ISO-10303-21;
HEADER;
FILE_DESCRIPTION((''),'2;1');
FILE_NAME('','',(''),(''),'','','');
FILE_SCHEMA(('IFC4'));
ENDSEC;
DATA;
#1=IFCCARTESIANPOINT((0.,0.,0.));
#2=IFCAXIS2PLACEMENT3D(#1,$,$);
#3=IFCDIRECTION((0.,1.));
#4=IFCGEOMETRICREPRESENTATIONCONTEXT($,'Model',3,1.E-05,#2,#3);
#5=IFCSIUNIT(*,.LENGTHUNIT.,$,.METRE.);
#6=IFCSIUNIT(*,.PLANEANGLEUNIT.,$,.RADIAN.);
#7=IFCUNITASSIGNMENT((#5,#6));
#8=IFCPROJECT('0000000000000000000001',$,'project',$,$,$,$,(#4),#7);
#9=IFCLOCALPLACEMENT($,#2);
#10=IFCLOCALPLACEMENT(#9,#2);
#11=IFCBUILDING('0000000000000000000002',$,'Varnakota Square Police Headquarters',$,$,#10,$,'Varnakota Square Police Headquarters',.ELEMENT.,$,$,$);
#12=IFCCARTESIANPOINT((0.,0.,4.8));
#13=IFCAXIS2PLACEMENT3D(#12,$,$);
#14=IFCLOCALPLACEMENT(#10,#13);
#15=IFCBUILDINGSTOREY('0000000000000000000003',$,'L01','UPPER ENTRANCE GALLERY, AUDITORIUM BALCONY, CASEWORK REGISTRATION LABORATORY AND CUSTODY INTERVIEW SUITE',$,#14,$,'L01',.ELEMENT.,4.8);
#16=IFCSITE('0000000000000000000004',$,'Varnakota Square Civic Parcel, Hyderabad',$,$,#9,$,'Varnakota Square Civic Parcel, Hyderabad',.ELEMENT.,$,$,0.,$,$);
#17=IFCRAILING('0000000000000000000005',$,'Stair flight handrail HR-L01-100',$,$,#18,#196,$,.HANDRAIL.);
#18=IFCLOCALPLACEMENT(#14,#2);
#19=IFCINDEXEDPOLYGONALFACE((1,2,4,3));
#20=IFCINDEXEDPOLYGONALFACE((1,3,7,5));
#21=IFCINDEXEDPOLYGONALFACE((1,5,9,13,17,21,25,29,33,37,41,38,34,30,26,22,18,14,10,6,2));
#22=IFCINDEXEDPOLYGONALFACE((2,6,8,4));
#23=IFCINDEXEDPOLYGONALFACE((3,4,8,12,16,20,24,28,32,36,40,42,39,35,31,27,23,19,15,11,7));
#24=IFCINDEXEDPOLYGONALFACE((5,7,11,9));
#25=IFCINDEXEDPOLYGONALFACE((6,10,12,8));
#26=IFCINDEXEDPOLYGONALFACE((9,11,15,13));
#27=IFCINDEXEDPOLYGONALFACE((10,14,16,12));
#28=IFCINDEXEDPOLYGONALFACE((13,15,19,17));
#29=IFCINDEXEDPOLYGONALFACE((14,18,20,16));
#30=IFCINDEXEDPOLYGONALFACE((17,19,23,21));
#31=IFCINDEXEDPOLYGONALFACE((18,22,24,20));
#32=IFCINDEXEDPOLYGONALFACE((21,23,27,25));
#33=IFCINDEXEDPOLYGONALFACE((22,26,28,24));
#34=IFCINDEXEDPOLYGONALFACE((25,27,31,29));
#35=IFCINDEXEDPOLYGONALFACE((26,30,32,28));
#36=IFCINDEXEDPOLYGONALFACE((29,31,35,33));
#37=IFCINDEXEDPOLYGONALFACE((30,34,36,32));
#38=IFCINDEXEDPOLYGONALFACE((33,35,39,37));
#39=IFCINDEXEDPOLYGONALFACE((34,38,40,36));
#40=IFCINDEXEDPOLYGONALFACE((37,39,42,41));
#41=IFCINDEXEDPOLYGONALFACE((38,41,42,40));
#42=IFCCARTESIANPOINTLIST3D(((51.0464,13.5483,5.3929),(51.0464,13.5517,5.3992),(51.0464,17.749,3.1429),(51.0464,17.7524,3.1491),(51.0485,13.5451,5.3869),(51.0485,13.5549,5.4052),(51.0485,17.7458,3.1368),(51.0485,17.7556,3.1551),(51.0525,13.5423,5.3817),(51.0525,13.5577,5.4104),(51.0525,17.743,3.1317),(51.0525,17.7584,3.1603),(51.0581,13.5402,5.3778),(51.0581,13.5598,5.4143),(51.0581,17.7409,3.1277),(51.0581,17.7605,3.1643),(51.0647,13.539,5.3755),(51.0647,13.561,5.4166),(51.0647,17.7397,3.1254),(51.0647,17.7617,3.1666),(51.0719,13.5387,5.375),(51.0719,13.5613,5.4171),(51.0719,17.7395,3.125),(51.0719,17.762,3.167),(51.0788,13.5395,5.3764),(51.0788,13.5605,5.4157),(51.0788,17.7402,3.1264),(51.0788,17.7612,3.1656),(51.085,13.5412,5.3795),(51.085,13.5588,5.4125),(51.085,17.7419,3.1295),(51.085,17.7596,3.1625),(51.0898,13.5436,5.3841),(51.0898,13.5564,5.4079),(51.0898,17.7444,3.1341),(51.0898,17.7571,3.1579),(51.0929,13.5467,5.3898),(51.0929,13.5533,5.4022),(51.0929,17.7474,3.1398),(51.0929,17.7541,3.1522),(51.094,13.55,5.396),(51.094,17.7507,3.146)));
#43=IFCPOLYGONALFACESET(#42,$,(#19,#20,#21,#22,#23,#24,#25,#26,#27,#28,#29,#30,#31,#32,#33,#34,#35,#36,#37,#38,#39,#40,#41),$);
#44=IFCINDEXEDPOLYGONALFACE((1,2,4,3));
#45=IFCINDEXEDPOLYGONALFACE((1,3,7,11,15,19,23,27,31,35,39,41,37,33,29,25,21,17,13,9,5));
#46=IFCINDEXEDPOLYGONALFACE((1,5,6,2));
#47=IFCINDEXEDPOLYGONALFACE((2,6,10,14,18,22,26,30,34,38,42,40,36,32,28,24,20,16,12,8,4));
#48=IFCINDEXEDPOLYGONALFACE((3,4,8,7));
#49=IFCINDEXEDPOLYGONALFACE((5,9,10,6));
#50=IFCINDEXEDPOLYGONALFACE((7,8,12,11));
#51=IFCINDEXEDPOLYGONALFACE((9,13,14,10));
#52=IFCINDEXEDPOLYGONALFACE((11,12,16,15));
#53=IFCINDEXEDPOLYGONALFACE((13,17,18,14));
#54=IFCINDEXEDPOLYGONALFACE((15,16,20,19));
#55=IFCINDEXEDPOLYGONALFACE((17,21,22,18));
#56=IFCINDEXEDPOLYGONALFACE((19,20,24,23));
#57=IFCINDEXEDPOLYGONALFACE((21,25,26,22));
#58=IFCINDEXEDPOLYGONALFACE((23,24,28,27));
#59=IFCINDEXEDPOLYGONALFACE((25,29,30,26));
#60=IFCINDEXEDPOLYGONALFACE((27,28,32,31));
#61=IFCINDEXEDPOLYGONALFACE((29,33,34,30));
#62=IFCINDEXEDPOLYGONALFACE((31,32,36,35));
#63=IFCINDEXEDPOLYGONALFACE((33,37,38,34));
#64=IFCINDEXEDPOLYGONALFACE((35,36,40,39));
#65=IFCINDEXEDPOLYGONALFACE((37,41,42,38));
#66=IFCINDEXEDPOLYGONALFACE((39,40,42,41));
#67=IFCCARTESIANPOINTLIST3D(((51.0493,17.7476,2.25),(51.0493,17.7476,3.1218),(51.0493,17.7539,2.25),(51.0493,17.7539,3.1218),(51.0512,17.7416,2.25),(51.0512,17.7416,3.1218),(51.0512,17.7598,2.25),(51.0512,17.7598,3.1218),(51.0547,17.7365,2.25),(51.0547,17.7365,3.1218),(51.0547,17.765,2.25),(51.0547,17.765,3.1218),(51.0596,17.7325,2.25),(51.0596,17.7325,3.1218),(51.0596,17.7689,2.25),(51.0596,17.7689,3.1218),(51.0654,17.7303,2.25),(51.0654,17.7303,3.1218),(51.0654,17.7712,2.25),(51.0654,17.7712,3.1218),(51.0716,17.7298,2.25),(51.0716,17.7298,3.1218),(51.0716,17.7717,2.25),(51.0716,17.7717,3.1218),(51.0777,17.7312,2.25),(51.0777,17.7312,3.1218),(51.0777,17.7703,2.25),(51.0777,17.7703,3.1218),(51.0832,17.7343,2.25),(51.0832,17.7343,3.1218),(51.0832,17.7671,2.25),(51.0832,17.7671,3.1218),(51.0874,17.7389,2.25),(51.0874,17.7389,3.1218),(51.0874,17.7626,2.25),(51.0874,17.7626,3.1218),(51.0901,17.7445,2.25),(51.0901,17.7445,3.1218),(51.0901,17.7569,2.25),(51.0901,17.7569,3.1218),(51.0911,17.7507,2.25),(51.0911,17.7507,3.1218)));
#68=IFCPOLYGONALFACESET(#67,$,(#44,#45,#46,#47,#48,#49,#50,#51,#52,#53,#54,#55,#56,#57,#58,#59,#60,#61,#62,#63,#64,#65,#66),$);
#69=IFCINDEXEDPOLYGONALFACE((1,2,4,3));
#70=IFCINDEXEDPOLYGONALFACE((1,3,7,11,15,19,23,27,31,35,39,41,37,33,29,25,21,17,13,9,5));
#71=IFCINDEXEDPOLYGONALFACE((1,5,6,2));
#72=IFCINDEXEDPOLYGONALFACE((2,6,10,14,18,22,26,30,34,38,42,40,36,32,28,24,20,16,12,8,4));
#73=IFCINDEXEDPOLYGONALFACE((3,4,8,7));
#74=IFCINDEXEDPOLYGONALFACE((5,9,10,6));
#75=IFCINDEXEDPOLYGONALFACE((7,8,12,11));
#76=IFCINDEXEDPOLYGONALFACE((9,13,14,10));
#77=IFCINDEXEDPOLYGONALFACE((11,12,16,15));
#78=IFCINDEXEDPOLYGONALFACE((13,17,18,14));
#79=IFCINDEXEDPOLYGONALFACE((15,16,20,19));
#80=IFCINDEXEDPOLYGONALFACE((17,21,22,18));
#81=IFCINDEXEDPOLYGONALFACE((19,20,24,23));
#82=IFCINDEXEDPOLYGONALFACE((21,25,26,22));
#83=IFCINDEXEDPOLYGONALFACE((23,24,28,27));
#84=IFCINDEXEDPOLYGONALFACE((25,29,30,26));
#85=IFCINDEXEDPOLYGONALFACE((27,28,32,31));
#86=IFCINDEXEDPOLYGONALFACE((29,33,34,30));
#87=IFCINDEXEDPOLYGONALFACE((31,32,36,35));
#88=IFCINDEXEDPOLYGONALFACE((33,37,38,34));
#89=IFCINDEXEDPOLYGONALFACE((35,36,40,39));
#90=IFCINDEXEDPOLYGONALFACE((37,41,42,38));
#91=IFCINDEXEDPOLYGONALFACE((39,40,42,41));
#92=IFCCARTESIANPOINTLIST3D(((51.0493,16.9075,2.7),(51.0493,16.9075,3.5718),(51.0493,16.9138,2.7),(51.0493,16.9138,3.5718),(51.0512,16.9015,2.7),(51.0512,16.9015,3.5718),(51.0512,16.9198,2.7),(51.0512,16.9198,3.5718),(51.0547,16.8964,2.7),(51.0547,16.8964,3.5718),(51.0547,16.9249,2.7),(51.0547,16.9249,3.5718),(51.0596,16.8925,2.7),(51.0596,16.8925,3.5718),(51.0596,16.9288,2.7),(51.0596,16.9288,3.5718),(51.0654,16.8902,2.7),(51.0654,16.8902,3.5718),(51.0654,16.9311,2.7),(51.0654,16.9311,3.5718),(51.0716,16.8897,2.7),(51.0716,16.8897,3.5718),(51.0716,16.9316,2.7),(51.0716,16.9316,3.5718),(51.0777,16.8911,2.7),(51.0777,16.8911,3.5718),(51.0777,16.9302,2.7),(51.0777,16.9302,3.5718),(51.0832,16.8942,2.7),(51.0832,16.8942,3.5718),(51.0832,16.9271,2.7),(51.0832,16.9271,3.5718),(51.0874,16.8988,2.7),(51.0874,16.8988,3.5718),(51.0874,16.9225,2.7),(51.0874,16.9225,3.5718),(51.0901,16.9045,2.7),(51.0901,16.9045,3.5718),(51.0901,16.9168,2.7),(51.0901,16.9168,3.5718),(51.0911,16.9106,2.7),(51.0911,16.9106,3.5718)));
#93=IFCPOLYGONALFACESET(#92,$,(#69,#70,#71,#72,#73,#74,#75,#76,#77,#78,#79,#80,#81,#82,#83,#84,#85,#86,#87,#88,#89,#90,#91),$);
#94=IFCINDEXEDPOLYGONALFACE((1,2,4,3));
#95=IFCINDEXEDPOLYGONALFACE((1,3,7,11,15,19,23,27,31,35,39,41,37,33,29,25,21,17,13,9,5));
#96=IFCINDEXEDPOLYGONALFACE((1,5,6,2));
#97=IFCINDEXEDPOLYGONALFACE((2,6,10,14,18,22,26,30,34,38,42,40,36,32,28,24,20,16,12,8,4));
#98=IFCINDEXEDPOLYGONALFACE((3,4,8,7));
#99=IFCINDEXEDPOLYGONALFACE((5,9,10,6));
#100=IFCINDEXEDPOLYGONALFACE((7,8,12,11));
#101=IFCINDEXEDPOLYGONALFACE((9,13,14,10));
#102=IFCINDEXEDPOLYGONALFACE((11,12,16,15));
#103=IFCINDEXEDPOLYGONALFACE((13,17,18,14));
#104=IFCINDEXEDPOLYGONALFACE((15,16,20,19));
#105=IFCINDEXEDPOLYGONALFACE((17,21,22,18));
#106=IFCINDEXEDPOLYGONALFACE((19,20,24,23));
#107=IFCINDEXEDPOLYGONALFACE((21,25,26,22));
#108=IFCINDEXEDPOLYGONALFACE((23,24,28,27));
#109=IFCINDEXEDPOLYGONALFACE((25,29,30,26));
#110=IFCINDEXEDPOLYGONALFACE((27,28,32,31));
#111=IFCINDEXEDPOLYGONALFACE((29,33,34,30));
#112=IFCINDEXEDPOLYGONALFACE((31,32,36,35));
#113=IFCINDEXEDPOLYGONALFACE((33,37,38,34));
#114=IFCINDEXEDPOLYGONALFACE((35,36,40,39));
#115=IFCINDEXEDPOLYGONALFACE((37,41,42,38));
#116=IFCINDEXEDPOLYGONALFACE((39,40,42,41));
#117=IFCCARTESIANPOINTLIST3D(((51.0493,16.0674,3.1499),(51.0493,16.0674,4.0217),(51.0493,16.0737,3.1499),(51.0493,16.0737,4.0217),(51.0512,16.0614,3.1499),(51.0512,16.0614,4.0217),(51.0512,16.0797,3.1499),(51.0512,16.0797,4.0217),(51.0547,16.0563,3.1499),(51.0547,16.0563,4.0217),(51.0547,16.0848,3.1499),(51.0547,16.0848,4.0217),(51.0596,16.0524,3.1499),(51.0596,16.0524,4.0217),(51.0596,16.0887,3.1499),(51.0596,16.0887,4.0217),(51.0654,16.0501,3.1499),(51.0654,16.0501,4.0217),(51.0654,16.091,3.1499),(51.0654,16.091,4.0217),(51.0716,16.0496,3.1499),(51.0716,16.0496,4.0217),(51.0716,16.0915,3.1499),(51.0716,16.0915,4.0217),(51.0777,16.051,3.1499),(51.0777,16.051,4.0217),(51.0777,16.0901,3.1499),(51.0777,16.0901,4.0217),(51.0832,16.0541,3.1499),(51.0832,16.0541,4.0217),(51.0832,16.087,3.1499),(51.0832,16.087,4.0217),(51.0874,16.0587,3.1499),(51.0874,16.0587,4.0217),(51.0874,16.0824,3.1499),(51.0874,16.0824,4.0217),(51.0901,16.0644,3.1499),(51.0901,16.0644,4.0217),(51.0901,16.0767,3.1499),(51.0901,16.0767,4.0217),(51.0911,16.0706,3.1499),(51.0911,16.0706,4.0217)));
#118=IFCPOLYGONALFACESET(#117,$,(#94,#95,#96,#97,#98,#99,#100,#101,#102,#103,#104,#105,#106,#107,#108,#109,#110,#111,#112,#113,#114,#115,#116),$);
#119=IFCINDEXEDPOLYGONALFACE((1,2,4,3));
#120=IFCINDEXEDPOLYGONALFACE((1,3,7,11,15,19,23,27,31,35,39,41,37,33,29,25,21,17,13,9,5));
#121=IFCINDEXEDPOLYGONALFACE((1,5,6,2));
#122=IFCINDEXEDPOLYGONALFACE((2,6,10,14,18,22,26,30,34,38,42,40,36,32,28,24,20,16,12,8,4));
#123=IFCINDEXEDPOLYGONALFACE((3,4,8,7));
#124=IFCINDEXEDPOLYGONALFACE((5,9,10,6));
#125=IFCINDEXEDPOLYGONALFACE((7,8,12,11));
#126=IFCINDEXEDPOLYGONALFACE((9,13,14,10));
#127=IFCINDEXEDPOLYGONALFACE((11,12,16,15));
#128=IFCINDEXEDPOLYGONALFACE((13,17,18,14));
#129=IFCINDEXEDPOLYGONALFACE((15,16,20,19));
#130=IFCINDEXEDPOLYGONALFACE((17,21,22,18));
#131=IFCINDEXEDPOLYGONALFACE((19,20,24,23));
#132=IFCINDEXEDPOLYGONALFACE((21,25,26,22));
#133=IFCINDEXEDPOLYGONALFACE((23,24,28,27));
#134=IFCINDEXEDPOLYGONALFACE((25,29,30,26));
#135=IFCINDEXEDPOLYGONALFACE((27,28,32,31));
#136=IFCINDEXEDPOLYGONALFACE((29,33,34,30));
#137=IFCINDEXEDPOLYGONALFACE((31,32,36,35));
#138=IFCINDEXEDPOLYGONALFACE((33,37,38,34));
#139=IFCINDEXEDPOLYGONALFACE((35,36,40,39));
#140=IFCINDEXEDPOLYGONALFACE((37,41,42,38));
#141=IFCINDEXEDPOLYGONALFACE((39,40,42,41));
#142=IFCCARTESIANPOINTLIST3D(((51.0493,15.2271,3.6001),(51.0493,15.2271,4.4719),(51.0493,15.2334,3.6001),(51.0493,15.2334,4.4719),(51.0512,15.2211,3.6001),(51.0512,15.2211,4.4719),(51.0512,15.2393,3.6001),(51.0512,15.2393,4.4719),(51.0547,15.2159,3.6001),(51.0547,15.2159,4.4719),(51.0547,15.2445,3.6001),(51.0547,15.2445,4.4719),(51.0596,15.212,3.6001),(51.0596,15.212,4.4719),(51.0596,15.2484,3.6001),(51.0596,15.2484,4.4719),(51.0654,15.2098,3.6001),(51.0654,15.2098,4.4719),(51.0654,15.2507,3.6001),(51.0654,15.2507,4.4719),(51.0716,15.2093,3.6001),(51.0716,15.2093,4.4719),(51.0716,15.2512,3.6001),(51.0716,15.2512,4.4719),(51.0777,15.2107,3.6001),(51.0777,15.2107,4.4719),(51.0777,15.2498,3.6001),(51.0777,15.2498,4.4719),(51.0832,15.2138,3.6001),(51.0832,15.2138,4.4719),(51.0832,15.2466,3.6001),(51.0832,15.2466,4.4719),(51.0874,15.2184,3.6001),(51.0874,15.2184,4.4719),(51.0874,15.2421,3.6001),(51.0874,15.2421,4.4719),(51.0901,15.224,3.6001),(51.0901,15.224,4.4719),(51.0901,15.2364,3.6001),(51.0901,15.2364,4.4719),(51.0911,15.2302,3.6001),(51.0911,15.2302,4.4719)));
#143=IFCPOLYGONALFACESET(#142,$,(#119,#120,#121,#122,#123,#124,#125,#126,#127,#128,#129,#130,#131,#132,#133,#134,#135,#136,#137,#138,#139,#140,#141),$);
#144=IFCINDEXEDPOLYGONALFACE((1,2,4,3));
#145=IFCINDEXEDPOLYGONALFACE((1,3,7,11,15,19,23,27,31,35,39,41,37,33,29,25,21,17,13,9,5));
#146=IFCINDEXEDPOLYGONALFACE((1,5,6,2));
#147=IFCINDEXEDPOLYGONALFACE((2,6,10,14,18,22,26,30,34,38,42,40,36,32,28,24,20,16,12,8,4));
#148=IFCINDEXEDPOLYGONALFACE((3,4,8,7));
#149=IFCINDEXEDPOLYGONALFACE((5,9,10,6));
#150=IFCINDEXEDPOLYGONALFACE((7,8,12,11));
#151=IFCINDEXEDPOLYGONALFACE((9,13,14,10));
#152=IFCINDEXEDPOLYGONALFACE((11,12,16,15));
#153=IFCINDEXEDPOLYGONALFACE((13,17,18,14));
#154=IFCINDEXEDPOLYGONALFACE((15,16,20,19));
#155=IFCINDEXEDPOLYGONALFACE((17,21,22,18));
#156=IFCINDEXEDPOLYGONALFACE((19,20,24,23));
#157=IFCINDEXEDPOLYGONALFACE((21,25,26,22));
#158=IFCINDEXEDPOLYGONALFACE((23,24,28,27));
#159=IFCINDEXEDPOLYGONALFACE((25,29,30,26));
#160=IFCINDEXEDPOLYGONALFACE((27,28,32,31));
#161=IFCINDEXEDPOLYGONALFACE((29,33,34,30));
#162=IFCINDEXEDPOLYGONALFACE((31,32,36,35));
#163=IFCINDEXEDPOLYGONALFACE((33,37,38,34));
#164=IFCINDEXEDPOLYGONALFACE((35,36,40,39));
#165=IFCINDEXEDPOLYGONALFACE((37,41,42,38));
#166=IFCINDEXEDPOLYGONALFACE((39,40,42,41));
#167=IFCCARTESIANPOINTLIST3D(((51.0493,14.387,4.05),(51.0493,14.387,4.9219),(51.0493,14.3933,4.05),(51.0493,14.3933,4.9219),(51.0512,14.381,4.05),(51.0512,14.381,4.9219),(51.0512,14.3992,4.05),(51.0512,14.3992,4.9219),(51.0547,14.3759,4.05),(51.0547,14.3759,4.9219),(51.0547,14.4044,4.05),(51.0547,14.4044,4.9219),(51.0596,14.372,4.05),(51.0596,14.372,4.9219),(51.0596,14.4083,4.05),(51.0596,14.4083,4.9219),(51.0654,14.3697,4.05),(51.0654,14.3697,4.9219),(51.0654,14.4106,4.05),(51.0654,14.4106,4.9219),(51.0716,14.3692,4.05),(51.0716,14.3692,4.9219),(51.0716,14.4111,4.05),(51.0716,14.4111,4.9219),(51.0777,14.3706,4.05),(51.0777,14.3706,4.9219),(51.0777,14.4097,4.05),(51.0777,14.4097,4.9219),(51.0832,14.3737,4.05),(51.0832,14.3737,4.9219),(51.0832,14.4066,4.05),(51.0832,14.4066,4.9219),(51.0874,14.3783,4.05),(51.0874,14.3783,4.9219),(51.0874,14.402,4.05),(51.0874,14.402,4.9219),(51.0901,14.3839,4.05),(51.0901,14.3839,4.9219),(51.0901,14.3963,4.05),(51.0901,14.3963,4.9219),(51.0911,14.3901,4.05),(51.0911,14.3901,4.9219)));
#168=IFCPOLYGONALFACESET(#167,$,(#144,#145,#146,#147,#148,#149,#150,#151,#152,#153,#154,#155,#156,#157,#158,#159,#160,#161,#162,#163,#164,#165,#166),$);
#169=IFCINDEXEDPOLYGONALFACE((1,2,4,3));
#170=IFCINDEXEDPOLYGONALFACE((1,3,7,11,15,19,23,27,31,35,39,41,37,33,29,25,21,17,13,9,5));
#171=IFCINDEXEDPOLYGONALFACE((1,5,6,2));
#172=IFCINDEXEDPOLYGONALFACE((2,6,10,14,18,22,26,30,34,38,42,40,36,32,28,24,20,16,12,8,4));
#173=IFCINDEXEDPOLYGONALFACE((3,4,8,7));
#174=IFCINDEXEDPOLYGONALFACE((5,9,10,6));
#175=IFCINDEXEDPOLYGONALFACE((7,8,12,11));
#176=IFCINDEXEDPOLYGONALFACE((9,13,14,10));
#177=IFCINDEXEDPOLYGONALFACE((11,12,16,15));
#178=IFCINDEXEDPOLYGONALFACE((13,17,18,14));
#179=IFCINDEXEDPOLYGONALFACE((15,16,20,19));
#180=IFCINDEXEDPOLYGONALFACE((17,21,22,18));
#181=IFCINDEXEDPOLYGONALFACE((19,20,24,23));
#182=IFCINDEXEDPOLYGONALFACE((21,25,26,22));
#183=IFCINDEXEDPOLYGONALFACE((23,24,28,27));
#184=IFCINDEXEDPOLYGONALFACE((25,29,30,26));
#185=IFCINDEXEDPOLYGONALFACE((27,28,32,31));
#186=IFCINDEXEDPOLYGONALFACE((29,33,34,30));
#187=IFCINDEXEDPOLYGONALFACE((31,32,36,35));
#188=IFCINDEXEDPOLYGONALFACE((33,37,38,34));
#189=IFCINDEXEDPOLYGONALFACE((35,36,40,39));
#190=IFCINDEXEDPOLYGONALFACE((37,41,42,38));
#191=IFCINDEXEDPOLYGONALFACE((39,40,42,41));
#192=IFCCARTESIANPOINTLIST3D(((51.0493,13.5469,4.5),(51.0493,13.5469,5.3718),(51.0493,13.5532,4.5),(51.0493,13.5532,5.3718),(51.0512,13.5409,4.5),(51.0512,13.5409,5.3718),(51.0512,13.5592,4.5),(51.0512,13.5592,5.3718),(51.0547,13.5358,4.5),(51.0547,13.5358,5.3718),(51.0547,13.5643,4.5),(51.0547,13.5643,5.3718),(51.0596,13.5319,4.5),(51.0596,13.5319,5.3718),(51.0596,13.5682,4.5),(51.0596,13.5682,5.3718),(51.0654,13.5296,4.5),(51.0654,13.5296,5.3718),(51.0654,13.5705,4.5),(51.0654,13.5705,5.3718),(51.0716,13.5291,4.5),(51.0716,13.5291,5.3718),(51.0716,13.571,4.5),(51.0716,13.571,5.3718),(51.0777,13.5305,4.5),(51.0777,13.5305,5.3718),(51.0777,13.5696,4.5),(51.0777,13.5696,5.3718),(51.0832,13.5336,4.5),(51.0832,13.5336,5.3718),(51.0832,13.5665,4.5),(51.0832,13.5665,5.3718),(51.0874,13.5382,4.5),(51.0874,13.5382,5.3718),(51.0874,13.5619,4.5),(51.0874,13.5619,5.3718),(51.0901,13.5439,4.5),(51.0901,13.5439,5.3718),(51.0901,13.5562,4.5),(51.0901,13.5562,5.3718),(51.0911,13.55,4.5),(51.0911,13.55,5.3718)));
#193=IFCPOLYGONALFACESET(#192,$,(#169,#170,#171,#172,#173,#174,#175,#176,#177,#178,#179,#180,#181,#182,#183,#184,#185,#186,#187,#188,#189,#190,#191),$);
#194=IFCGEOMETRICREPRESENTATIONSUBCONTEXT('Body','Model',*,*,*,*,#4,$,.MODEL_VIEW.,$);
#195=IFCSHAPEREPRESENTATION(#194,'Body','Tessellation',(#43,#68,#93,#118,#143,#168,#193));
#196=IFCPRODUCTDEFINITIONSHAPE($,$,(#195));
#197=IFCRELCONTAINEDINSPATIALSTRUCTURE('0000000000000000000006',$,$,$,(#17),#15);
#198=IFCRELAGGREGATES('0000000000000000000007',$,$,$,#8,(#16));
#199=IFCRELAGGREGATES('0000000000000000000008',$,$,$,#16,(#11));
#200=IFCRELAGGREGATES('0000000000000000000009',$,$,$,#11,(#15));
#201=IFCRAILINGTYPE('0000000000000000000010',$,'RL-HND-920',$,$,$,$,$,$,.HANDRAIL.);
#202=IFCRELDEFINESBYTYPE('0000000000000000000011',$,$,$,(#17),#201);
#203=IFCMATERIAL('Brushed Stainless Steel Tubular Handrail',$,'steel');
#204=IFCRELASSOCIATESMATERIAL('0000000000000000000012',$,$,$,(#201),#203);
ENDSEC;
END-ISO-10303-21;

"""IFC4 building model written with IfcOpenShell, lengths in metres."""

from ifc_helpers import new_model, si_unit, direction, frame, origin, origin_2d, place, context, subcontext, project, spatial, circle, extrude, material, type_object, element, save


model = new_model("IFC4")

# Units and contexts
model_context = context("Model", 3, precision=1e-05, world=origin(), true_north=direction((0.0, 1.0)))
body_context = subcontext(model_context, "Body", "Model", "MODEL_VIEW")
ifc_project = project(units=[si_unit("LENGTHUNIT", "METRE"), si_unit("PLANEANGLEUNIT", "RADIAN")], contexts=[model_context])

# Site, building, storey
site_placement = place(None, origin())
site = spatial("IfcSite", under=ifc_project, at=site_placement, Name="Varnakota Square Civic Parcel, Hyderabad", LongName="Varnakota Square Civic Parcel, Hyderabad", CompositionType="ELEMENT", RefElevation=0.0)
building_placement = place(site_placement, origin())
building = spatial("IfcBuilding", under=site, at=building_placement, Name="Varnakota Square Police Headquarters", LongName="Varnakota Square Police Headquarters", CompositionType="ELEMENT")
storey_placement = place(building_placement, frame((0.0, 0.0, 4.8)))
storey = spatial("IfcBuildingStorey", under=building, at=storey_placement, Name="L01", Description="UPPER ENTRANCE GALLERY, AUDITORIUM BALCONY, CASEWORK REGISTRATION LABORATORY AND CUSTODY INTERVIEW SUITE", LongName="L01", CompositionType="ELEMENT", Elevation=4.8)

# Railing
ifc_material_1 = material(Name="Brushed Stainless Steel Tubular Handrail", Category="steel")
railing_type_1 = type_object("IfcRailingType", Name="RL-HND-920", PredefinedType="HANDRAIL", material=ifc_material_1)
railing_1_placement = place(storey_placement, frame((51.0701, 17.7507, 2.25)))
element("IfcRailing", 1, at=railing_1_placement, inside=storey, type_object=railing_type_1, Name="Stair flight handrail HR-L01-100", PredefinedType="HANDRAIL", context=body_context, shape_type="SweptSolid", body=[
    extrude(circle(Radius=0.0239, at=origin_2d()), frame((0.0, 0.0, 0.896), z_axis=(0.0, -0.881512, 0.472162), x_axis=(1.0, 0.0, 0.0)), (0.0, 0.0, 1.0), 4.7654),
    extrude(circle(Radius=0.021, at=origin_2d()), origin(), (0.0, 0.0, 1.0), 0.8718),
    extrude(circle(Radius=0.021, at=origin_2d()), frame((0.0, -0.8401, 0.45)), (0.0, 0.0, 1.0), 0.8718),
    extrude(circle(Radius=0.021, at=origin_2d()), frame((0.0, -1.6802, 0.8999)), (0.0, 0.0, 1.0), 0.8718),
    extrude(circle(Radius=0.021, at=origin_2d()), frame((0.0, -2.5205, 1.3501)), (0.0, 0.0, 1.0), 0.8718),
    extrude(circle(Radius=0.021, at=origin_2d()), frame((0.0, -3.3606, 1.8)), (0.0, 0.0, 1.0), 0.8718),
    extrude(circle(Radius=0.021, at=origin_2d()), frame((0.0, -4.2007, 2.25)), (0.0, 0.0, 1.0), 0.8718),
])

save(model, "model.ifc")
